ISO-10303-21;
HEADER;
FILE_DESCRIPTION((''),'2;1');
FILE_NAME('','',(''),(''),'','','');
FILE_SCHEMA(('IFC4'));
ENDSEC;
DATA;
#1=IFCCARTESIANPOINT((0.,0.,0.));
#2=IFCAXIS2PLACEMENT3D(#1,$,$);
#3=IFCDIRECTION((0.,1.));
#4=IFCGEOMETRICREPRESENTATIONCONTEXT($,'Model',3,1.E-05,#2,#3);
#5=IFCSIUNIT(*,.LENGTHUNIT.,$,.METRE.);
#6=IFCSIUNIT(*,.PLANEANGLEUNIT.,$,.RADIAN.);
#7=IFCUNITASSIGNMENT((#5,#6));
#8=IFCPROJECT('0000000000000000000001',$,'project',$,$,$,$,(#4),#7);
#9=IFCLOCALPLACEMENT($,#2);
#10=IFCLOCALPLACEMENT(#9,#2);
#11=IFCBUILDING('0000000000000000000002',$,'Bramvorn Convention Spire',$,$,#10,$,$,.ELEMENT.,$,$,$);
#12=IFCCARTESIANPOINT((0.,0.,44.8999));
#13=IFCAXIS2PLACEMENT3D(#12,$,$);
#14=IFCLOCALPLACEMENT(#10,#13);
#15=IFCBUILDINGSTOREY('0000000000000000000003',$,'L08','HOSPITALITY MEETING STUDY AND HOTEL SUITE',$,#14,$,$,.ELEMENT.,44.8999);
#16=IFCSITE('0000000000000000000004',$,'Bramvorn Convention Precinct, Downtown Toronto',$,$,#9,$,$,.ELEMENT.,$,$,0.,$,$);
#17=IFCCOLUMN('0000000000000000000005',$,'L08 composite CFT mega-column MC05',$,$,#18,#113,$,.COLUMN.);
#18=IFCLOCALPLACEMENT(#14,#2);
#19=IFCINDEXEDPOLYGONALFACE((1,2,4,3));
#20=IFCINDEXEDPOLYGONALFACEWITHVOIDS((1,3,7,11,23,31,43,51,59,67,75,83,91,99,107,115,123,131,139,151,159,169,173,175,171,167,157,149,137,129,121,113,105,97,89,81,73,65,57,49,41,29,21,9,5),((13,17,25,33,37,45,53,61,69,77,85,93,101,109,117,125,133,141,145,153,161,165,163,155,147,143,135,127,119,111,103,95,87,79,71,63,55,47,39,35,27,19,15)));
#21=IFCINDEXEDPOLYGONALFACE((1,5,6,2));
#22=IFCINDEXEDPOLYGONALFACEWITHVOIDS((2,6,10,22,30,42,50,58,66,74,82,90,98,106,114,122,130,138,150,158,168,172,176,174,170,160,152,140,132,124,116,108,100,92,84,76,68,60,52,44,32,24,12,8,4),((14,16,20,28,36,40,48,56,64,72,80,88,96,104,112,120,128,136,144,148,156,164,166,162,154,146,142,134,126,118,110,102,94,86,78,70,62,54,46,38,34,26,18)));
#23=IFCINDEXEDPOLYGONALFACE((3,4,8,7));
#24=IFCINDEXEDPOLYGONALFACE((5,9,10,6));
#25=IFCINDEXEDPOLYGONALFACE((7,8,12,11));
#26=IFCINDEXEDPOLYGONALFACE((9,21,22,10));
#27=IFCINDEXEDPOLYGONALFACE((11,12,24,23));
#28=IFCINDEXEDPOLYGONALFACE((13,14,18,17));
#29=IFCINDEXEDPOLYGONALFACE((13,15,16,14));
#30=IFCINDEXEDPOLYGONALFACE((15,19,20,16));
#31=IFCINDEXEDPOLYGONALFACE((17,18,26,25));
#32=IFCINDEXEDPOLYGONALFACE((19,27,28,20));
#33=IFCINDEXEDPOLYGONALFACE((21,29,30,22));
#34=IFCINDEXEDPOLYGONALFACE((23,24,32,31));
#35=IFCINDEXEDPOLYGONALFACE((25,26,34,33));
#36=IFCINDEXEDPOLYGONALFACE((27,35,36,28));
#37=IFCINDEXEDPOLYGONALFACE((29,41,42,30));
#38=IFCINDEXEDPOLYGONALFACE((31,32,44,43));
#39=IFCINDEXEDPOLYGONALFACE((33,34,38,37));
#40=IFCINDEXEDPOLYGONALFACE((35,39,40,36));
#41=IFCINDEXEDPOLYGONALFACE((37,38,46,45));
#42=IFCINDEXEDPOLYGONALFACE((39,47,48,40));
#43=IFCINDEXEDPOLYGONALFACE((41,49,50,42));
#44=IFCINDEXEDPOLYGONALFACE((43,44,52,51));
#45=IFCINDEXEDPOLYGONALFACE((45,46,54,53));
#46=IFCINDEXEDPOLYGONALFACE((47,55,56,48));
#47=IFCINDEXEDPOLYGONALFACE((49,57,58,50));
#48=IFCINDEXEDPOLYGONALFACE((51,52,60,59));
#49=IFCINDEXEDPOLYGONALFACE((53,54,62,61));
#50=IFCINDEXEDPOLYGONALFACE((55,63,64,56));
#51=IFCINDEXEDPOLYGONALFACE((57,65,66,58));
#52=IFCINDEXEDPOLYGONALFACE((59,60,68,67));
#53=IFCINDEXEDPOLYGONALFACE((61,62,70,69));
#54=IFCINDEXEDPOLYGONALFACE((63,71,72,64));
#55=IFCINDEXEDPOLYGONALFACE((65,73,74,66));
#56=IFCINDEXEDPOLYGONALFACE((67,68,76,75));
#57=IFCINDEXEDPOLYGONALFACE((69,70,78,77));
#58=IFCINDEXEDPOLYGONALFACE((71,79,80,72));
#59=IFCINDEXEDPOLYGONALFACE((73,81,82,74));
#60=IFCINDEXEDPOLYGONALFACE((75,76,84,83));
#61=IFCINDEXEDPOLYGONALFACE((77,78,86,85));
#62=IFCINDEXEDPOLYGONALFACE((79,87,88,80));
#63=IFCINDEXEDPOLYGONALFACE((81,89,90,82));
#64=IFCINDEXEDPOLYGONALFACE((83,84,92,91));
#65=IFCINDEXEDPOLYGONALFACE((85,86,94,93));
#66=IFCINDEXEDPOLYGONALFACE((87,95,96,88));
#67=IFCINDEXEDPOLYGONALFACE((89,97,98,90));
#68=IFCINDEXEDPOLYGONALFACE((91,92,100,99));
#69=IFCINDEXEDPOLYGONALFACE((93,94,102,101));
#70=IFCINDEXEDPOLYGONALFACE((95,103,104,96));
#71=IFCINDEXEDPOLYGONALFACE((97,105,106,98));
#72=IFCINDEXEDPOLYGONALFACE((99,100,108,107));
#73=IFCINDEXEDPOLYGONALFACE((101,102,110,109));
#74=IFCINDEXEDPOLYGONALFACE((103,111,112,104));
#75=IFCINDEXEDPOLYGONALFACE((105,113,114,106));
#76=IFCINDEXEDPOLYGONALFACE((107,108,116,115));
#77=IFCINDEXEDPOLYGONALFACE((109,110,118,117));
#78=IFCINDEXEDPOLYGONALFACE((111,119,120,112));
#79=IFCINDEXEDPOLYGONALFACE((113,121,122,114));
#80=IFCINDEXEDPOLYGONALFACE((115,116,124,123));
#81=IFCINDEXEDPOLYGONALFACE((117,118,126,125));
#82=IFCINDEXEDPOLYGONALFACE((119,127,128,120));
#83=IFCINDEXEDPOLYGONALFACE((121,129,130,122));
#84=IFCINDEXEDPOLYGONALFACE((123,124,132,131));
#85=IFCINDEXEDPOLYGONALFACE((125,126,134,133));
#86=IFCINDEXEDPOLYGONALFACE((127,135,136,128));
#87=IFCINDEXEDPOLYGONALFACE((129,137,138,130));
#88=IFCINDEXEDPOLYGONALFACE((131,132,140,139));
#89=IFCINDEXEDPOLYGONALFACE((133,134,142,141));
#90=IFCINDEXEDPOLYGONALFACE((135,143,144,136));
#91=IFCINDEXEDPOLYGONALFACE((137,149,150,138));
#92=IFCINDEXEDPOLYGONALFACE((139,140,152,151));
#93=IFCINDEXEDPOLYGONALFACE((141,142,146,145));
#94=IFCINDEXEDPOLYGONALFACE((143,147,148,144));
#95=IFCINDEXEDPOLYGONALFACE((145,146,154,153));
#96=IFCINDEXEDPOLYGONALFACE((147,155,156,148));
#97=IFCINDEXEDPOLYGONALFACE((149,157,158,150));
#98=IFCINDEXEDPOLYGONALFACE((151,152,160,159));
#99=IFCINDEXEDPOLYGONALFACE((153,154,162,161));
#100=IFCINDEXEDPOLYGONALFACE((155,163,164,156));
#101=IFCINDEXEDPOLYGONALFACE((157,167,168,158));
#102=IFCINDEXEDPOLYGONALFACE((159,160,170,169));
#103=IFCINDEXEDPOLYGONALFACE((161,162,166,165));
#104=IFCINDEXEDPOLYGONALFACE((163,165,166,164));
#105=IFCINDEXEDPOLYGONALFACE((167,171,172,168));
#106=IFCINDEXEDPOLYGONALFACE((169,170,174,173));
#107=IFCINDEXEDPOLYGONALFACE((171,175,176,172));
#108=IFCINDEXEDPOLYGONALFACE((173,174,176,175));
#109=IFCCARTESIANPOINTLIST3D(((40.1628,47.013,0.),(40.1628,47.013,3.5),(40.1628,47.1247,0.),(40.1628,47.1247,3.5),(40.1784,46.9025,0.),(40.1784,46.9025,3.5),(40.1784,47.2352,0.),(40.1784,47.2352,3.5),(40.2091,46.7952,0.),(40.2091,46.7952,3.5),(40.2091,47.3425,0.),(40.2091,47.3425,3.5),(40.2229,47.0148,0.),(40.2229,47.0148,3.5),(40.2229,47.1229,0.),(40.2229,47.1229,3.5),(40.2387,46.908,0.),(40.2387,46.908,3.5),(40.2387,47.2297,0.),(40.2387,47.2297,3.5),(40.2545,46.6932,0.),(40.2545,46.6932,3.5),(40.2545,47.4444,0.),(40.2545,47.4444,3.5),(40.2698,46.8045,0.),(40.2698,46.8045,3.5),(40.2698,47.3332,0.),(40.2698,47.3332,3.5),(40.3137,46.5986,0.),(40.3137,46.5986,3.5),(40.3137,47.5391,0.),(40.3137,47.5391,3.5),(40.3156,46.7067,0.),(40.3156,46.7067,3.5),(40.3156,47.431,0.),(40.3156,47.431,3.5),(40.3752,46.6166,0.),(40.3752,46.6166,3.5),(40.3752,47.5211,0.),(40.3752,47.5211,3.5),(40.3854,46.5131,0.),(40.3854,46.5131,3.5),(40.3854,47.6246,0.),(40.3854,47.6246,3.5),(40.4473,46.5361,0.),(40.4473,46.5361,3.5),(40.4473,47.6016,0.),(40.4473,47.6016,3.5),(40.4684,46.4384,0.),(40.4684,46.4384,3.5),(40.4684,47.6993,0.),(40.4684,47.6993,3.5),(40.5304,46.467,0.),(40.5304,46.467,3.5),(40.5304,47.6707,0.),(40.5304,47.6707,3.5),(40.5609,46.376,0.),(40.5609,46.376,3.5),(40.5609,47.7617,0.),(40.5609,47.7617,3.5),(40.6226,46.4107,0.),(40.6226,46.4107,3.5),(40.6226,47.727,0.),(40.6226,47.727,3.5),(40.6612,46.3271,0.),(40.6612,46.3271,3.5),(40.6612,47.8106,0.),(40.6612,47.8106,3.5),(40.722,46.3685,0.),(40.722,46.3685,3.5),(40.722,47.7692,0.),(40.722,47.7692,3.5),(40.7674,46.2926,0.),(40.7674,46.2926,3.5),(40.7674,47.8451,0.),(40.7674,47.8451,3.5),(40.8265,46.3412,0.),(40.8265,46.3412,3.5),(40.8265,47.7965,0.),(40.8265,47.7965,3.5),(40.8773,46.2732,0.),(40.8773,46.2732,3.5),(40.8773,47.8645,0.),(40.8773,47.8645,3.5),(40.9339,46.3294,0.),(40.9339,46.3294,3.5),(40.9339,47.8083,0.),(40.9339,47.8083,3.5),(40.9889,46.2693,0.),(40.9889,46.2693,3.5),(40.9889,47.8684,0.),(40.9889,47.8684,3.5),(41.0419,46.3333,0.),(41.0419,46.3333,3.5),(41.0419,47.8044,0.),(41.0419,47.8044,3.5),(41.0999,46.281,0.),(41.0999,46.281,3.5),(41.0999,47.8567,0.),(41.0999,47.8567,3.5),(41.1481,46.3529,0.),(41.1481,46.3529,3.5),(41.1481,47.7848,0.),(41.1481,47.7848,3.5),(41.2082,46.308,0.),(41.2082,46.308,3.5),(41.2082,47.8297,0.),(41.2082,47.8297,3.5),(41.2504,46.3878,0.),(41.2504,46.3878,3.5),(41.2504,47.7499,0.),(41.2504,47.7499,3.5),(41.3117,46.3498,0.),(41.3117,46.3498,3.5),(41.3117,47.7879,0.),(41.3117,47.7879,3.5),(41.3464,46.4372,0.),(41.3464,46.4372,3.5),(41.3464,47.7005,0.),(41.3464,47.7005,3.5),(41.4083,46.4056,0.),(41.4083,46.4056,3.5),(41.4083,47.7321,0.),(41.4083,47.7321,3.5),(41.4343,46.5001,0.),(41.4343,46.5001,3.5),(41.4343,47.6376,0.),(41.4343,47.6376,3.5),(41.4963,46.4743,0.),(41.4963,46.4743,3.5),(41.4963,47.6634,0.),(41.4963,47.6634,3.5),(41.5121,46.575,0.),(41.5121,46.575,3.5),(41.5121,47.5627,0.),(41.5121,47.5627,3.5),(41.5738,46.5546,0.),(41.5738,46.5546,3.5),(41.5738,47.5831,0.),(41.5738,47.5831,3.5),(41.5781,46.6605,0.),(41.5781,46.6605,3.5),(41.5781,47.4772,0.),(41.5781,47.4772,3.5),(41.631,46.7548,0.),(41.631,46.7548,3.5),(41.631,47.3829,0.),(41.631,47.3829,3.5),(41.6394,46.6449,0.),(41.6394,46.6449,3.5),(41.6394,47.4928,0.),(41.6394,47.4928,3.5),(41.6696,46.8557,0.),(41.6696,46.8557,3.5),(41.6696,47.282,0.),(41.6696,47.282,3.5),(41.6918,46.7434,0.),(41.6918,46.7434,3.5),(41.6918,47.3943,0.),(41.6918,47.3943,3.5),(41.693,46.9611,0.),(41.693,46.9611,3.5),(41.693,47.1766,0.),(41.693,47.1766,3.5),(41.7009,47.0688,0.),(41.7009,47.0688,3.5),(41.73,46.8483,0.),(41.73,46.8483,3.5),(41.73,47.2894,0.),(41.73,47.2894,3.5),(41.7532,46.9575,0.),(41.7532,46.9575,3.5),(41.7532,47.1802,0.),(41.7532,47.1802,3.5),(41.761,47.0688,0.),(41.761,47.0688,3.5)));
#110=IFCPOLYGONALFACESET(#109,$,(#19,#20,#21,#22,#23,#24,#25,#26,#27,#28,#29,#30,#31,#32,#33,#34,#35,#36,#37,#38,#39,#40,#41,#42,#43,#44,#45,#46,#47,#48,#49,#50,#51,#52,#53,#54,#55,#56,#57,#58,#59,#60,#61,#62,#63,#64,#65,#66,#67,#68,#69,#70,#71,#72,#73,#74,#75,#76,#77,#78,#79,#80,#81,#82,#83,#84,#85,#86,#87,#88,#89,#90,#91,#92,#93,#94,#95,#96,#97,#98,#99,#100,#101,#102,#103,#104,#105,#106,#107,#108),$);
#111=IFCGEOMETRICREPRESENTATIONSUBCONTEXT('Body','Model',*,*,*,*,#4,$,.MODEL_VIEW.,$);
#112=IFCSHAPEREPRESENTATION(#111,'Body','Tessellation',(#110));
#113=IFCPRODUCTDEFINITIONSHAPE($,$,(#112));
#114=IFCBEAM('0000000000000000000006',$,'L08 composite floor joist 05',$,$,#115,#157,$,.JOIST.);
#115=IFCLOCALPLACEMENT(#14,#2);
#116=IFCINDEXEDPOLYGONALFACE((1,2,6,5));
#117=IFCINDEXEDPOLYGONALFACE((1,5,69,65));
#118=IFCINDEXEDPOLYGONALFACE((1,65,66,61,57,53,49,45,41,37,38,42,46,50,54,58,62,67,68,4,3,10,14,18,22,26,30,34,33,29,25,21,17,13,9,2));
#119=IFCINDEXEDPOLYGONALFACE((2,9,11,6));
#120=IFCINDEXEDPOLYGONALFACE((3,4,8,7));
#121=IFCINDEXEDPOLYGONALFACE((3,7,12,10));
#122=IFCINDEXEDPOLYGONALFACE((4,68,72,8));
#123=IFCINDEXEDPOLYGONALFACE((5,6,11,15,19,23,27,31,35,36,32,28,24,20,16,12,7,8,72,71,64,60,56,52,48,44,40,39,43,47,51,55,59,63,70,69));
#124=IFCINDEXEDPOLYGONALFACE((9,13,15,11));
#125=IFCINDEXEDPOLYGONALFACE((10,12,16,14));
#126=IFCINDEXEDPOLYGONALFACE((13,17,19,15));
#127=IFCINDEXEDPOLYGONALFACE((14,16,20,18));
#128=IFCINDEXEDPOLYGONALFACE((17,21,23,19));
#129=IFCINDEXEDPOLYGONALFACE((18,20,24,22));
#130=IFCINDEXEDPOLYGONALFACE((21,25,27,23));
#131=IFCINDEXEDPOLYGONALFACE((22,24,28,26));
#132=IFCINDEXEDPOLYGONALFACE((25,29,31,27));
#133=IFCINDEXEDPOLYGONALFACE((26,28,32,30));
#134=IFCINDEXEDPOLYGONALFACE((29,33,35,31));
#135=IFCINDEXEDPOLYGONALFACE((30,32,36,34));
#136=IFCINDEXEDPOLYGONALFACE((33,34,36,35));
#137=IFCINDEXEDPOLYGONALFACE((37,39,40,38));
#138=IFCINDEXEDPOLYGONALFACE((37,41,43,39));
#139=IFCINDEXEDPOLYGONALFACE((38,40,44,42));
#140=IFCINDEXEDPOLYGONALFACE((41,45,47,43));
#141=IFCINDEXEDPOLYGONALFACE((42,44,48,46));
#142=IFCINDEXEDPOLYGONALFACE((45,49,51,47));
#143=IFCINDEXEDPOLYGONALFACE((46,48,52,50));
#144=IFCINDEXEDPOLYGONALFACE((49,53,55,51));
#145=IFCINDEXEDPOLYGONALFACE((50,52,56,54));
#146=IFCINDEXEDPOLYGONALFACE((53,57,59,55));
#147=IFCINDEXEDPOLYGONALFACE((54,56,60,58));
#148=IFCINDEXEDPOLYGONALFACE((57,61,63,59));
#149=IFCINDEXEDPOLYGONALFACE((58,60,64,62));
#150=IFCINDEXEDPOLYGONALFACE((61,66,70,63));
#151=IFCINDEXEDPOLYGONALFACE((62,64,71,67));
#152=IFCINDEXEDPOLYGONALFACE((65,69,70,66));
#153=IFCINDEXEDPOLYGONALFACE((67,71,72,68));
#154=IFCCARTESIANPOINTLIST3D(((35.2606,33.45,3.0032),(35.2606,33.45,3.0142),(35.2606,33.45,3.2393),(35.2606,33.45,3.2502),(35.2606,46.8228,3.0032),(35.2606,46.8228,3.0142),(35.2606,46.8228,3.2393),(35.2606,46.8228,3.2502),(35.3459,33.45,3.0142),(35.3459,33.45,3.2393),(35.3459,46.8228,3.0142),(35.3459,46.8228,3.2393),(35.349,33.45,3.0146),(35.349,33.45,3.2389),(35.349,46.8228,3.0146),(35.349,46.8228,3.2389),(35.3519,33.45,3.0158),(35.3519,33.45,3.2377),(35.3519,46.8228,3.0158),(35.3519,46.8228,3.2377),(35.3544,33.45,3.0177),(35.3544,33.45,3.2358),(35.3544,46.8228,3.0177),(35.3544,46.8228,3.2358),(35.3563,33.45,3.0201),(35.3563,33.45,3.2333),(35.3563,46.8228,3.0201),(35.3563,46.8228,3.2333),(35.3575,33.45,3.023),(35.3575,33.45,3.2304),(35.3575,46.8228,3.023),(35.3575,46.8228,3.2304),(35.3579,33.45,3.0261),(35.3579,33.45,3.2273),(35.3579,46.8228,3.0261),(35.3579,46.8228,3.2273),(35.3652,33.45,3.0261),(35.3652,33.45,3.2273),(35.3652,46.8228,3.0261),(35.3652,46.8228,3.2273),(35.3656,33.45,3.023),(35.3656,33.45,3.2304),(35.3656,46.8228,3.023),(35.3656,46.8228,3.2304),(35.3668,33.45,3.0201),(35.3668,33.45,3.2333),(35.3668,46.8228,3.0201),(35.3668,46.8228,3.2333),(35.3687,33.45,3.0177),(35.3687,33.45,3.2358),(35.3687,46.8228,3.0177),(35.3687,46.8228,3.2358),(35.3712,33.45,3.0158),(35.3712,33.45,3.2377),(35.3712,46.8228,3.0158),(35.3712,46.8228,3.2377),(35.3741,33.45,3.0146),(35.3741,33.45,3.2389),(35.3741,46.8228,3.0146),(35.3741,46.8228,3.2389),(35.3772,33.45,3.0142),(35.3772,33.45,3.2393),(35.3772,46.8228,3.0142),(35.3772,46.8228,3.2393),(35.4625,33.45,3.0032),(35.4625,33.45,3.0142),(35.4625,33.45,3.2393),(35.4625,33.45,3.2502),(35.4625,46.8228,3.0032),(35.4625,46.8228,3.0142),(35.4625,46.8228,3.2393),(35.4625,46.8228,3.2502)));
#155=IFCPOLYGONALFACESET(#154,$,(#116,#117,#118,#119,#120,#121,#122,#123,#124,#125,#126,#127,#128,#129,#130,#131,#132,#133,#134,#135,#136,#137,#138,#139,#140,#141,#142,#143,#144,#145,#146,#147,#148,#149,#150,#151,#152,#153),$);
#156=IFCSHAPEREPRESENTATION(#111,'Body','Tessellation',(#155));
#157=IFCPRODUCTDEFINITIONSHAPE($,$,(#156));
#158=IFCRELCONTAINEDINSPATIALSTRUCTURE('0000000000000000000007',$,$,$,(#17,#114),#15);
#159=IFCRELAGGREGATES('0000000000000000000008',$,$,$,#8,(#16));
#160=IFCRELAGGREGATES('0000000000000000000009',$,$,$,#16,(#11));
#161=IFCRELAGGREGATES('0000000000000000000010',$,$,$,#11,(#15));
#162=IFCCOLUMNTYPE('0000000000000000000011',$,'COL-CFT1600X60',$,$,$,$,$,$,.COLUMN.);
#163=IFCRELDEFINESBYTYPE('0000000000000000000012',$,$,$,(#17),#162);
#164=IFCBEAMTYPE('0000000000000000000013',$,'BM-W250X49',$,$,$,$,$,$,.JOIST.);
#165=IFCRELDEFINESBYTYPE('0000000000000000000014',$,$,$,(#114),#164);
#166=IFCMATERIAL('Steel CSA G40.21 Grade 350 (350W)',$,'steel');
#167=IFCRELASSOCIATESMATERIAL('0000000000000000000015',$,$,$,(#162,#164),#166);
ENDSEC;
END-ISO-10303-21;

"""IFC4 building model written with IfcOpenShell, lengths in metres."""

from ifc_helpers import new_model, si_unit, direction, frame, origin, origin_2d, place, context, subcontext, project, spatial, hollow_circle, i_section, extrude, material, material_profile, profile_set, type_object, element, save


model = new_model("IFC4")

# Units and contexts
model_context = context("Model", 3, precision=1e-05, world=origin(), true_north=direction((0.0, 1.0)))
body_context = subcontext(model_context, "Body", "Model", "MODEL_VIEW")
ifc_project = project(units=[si_unit("LENGTHUNIT", "METRE"), si_unit("PLANEANGLEUNIT", "RADIAN")], contexts=[model_context])

# Site, building, storey
site_placement = place(None, origin())
site = spatial("IfcSite", under=ifc_project, at=site_placement, Name="Bramvorn Convention Precinct, Downtown Toronto", CompositionType="ELEMENT", RefElevation=0.0)
building_placement = place(site_placement, origin())
building = spatial("IfcBuilding", under=site, at=building_placement, Name="Bramvorn Convention Spire", CompositionType="ELEMENT")
storey_placement = place(building_placement, frame((0.0, 0.0, 44.8999)))
storey = spatial("IfcBuildingStorey", under=building, at=storey_placement, Name="L08", Description="HOSPITALITY MEETING STUDY AND HOTEL SUITE", CompositionType="ELEMENT", Elevation=44.8999)

# Column
ifc_material_1 = material(Name="Steel CSA G40.21 Grade 350 (350W)", Category="steel")
ifc_material_profile_1 = material_profile(ifc_material_1, hollow_circle(Radius=0.8, WallThickness=0.0601, at=origin_2d()))
ifc_profile_set_1 = profile_set([ifc_material_profile_1], Name="Steel CSA G40.21 Grade 350 (350W) - CFT1600X60")
column_type = type_object("IfcColumnType", Name="COL-CFT1600X60", PredefinedType="COLUMN", material=ifc_profile_set_1)
column_placement = place(storey_placement, frame((40.9609, 47.0688, 0.0), z_axis=(0.0, 0.0, 1.0), x_axis=(1.0, 0.0, 0.0)))
element("IfcColumn", 1, at=column_placement, inside=storey, type_object=column_type, Name="L08 composite CFT mega-column MC05", PredefinedType="COLUMN", context=body_context, shape_type="SweptSolid", body=[
    extrude(hollow_circle(Radius=0.8, WallThickness=0.0601, at=origin_2d()), origin(), (0.0, 0.0, 1.0), 3.5),
])

# Beam
ifc_material_profile_2 = material_profile(ifc_material_1, i_section(OverallWidth=0.2019, OverallDepth=0.2471, WebThickness=0.0073, FlangeThickness=0.011, FilletRadius=0.012, at=origin_2d()))
ifc_profile_set_2 = profile_set([ifc_material_profile_2], Name="Steel CSA G40.21 Grade 350 (350W) - W250X49")
beam_type_1 = type_object("IfcBeamType", Name="BM-W250X49", PredefinedType="JOIST", material=ifc_profile_set_2)
beam_1_placement = place(storey_placement, frame((35.3616, 33.45, 3.1267), z_axis=(0.0, 1.0, 0.0), x_axis=(-1.0, 0.0, 0.0)))
element("IfcBeam", 2, at=beam_1_placement, inside=storey, type_object=beam_type_1, Name="L08 composite floor joist 05", PredefinedType="JOIST", context=body_context, shape_type="SweptSolid", body=[
    extrude(i_section(OverallWidth=0.2019, OverallDepth=0.2471, WebThickness=0.0073, FlangeThickness=0.011, FilletRadius=0.012, at=origin_2d()), origin(), (0.0, 0.0, 1.0), 13.3728),
])

save(model, "model.ifc")
